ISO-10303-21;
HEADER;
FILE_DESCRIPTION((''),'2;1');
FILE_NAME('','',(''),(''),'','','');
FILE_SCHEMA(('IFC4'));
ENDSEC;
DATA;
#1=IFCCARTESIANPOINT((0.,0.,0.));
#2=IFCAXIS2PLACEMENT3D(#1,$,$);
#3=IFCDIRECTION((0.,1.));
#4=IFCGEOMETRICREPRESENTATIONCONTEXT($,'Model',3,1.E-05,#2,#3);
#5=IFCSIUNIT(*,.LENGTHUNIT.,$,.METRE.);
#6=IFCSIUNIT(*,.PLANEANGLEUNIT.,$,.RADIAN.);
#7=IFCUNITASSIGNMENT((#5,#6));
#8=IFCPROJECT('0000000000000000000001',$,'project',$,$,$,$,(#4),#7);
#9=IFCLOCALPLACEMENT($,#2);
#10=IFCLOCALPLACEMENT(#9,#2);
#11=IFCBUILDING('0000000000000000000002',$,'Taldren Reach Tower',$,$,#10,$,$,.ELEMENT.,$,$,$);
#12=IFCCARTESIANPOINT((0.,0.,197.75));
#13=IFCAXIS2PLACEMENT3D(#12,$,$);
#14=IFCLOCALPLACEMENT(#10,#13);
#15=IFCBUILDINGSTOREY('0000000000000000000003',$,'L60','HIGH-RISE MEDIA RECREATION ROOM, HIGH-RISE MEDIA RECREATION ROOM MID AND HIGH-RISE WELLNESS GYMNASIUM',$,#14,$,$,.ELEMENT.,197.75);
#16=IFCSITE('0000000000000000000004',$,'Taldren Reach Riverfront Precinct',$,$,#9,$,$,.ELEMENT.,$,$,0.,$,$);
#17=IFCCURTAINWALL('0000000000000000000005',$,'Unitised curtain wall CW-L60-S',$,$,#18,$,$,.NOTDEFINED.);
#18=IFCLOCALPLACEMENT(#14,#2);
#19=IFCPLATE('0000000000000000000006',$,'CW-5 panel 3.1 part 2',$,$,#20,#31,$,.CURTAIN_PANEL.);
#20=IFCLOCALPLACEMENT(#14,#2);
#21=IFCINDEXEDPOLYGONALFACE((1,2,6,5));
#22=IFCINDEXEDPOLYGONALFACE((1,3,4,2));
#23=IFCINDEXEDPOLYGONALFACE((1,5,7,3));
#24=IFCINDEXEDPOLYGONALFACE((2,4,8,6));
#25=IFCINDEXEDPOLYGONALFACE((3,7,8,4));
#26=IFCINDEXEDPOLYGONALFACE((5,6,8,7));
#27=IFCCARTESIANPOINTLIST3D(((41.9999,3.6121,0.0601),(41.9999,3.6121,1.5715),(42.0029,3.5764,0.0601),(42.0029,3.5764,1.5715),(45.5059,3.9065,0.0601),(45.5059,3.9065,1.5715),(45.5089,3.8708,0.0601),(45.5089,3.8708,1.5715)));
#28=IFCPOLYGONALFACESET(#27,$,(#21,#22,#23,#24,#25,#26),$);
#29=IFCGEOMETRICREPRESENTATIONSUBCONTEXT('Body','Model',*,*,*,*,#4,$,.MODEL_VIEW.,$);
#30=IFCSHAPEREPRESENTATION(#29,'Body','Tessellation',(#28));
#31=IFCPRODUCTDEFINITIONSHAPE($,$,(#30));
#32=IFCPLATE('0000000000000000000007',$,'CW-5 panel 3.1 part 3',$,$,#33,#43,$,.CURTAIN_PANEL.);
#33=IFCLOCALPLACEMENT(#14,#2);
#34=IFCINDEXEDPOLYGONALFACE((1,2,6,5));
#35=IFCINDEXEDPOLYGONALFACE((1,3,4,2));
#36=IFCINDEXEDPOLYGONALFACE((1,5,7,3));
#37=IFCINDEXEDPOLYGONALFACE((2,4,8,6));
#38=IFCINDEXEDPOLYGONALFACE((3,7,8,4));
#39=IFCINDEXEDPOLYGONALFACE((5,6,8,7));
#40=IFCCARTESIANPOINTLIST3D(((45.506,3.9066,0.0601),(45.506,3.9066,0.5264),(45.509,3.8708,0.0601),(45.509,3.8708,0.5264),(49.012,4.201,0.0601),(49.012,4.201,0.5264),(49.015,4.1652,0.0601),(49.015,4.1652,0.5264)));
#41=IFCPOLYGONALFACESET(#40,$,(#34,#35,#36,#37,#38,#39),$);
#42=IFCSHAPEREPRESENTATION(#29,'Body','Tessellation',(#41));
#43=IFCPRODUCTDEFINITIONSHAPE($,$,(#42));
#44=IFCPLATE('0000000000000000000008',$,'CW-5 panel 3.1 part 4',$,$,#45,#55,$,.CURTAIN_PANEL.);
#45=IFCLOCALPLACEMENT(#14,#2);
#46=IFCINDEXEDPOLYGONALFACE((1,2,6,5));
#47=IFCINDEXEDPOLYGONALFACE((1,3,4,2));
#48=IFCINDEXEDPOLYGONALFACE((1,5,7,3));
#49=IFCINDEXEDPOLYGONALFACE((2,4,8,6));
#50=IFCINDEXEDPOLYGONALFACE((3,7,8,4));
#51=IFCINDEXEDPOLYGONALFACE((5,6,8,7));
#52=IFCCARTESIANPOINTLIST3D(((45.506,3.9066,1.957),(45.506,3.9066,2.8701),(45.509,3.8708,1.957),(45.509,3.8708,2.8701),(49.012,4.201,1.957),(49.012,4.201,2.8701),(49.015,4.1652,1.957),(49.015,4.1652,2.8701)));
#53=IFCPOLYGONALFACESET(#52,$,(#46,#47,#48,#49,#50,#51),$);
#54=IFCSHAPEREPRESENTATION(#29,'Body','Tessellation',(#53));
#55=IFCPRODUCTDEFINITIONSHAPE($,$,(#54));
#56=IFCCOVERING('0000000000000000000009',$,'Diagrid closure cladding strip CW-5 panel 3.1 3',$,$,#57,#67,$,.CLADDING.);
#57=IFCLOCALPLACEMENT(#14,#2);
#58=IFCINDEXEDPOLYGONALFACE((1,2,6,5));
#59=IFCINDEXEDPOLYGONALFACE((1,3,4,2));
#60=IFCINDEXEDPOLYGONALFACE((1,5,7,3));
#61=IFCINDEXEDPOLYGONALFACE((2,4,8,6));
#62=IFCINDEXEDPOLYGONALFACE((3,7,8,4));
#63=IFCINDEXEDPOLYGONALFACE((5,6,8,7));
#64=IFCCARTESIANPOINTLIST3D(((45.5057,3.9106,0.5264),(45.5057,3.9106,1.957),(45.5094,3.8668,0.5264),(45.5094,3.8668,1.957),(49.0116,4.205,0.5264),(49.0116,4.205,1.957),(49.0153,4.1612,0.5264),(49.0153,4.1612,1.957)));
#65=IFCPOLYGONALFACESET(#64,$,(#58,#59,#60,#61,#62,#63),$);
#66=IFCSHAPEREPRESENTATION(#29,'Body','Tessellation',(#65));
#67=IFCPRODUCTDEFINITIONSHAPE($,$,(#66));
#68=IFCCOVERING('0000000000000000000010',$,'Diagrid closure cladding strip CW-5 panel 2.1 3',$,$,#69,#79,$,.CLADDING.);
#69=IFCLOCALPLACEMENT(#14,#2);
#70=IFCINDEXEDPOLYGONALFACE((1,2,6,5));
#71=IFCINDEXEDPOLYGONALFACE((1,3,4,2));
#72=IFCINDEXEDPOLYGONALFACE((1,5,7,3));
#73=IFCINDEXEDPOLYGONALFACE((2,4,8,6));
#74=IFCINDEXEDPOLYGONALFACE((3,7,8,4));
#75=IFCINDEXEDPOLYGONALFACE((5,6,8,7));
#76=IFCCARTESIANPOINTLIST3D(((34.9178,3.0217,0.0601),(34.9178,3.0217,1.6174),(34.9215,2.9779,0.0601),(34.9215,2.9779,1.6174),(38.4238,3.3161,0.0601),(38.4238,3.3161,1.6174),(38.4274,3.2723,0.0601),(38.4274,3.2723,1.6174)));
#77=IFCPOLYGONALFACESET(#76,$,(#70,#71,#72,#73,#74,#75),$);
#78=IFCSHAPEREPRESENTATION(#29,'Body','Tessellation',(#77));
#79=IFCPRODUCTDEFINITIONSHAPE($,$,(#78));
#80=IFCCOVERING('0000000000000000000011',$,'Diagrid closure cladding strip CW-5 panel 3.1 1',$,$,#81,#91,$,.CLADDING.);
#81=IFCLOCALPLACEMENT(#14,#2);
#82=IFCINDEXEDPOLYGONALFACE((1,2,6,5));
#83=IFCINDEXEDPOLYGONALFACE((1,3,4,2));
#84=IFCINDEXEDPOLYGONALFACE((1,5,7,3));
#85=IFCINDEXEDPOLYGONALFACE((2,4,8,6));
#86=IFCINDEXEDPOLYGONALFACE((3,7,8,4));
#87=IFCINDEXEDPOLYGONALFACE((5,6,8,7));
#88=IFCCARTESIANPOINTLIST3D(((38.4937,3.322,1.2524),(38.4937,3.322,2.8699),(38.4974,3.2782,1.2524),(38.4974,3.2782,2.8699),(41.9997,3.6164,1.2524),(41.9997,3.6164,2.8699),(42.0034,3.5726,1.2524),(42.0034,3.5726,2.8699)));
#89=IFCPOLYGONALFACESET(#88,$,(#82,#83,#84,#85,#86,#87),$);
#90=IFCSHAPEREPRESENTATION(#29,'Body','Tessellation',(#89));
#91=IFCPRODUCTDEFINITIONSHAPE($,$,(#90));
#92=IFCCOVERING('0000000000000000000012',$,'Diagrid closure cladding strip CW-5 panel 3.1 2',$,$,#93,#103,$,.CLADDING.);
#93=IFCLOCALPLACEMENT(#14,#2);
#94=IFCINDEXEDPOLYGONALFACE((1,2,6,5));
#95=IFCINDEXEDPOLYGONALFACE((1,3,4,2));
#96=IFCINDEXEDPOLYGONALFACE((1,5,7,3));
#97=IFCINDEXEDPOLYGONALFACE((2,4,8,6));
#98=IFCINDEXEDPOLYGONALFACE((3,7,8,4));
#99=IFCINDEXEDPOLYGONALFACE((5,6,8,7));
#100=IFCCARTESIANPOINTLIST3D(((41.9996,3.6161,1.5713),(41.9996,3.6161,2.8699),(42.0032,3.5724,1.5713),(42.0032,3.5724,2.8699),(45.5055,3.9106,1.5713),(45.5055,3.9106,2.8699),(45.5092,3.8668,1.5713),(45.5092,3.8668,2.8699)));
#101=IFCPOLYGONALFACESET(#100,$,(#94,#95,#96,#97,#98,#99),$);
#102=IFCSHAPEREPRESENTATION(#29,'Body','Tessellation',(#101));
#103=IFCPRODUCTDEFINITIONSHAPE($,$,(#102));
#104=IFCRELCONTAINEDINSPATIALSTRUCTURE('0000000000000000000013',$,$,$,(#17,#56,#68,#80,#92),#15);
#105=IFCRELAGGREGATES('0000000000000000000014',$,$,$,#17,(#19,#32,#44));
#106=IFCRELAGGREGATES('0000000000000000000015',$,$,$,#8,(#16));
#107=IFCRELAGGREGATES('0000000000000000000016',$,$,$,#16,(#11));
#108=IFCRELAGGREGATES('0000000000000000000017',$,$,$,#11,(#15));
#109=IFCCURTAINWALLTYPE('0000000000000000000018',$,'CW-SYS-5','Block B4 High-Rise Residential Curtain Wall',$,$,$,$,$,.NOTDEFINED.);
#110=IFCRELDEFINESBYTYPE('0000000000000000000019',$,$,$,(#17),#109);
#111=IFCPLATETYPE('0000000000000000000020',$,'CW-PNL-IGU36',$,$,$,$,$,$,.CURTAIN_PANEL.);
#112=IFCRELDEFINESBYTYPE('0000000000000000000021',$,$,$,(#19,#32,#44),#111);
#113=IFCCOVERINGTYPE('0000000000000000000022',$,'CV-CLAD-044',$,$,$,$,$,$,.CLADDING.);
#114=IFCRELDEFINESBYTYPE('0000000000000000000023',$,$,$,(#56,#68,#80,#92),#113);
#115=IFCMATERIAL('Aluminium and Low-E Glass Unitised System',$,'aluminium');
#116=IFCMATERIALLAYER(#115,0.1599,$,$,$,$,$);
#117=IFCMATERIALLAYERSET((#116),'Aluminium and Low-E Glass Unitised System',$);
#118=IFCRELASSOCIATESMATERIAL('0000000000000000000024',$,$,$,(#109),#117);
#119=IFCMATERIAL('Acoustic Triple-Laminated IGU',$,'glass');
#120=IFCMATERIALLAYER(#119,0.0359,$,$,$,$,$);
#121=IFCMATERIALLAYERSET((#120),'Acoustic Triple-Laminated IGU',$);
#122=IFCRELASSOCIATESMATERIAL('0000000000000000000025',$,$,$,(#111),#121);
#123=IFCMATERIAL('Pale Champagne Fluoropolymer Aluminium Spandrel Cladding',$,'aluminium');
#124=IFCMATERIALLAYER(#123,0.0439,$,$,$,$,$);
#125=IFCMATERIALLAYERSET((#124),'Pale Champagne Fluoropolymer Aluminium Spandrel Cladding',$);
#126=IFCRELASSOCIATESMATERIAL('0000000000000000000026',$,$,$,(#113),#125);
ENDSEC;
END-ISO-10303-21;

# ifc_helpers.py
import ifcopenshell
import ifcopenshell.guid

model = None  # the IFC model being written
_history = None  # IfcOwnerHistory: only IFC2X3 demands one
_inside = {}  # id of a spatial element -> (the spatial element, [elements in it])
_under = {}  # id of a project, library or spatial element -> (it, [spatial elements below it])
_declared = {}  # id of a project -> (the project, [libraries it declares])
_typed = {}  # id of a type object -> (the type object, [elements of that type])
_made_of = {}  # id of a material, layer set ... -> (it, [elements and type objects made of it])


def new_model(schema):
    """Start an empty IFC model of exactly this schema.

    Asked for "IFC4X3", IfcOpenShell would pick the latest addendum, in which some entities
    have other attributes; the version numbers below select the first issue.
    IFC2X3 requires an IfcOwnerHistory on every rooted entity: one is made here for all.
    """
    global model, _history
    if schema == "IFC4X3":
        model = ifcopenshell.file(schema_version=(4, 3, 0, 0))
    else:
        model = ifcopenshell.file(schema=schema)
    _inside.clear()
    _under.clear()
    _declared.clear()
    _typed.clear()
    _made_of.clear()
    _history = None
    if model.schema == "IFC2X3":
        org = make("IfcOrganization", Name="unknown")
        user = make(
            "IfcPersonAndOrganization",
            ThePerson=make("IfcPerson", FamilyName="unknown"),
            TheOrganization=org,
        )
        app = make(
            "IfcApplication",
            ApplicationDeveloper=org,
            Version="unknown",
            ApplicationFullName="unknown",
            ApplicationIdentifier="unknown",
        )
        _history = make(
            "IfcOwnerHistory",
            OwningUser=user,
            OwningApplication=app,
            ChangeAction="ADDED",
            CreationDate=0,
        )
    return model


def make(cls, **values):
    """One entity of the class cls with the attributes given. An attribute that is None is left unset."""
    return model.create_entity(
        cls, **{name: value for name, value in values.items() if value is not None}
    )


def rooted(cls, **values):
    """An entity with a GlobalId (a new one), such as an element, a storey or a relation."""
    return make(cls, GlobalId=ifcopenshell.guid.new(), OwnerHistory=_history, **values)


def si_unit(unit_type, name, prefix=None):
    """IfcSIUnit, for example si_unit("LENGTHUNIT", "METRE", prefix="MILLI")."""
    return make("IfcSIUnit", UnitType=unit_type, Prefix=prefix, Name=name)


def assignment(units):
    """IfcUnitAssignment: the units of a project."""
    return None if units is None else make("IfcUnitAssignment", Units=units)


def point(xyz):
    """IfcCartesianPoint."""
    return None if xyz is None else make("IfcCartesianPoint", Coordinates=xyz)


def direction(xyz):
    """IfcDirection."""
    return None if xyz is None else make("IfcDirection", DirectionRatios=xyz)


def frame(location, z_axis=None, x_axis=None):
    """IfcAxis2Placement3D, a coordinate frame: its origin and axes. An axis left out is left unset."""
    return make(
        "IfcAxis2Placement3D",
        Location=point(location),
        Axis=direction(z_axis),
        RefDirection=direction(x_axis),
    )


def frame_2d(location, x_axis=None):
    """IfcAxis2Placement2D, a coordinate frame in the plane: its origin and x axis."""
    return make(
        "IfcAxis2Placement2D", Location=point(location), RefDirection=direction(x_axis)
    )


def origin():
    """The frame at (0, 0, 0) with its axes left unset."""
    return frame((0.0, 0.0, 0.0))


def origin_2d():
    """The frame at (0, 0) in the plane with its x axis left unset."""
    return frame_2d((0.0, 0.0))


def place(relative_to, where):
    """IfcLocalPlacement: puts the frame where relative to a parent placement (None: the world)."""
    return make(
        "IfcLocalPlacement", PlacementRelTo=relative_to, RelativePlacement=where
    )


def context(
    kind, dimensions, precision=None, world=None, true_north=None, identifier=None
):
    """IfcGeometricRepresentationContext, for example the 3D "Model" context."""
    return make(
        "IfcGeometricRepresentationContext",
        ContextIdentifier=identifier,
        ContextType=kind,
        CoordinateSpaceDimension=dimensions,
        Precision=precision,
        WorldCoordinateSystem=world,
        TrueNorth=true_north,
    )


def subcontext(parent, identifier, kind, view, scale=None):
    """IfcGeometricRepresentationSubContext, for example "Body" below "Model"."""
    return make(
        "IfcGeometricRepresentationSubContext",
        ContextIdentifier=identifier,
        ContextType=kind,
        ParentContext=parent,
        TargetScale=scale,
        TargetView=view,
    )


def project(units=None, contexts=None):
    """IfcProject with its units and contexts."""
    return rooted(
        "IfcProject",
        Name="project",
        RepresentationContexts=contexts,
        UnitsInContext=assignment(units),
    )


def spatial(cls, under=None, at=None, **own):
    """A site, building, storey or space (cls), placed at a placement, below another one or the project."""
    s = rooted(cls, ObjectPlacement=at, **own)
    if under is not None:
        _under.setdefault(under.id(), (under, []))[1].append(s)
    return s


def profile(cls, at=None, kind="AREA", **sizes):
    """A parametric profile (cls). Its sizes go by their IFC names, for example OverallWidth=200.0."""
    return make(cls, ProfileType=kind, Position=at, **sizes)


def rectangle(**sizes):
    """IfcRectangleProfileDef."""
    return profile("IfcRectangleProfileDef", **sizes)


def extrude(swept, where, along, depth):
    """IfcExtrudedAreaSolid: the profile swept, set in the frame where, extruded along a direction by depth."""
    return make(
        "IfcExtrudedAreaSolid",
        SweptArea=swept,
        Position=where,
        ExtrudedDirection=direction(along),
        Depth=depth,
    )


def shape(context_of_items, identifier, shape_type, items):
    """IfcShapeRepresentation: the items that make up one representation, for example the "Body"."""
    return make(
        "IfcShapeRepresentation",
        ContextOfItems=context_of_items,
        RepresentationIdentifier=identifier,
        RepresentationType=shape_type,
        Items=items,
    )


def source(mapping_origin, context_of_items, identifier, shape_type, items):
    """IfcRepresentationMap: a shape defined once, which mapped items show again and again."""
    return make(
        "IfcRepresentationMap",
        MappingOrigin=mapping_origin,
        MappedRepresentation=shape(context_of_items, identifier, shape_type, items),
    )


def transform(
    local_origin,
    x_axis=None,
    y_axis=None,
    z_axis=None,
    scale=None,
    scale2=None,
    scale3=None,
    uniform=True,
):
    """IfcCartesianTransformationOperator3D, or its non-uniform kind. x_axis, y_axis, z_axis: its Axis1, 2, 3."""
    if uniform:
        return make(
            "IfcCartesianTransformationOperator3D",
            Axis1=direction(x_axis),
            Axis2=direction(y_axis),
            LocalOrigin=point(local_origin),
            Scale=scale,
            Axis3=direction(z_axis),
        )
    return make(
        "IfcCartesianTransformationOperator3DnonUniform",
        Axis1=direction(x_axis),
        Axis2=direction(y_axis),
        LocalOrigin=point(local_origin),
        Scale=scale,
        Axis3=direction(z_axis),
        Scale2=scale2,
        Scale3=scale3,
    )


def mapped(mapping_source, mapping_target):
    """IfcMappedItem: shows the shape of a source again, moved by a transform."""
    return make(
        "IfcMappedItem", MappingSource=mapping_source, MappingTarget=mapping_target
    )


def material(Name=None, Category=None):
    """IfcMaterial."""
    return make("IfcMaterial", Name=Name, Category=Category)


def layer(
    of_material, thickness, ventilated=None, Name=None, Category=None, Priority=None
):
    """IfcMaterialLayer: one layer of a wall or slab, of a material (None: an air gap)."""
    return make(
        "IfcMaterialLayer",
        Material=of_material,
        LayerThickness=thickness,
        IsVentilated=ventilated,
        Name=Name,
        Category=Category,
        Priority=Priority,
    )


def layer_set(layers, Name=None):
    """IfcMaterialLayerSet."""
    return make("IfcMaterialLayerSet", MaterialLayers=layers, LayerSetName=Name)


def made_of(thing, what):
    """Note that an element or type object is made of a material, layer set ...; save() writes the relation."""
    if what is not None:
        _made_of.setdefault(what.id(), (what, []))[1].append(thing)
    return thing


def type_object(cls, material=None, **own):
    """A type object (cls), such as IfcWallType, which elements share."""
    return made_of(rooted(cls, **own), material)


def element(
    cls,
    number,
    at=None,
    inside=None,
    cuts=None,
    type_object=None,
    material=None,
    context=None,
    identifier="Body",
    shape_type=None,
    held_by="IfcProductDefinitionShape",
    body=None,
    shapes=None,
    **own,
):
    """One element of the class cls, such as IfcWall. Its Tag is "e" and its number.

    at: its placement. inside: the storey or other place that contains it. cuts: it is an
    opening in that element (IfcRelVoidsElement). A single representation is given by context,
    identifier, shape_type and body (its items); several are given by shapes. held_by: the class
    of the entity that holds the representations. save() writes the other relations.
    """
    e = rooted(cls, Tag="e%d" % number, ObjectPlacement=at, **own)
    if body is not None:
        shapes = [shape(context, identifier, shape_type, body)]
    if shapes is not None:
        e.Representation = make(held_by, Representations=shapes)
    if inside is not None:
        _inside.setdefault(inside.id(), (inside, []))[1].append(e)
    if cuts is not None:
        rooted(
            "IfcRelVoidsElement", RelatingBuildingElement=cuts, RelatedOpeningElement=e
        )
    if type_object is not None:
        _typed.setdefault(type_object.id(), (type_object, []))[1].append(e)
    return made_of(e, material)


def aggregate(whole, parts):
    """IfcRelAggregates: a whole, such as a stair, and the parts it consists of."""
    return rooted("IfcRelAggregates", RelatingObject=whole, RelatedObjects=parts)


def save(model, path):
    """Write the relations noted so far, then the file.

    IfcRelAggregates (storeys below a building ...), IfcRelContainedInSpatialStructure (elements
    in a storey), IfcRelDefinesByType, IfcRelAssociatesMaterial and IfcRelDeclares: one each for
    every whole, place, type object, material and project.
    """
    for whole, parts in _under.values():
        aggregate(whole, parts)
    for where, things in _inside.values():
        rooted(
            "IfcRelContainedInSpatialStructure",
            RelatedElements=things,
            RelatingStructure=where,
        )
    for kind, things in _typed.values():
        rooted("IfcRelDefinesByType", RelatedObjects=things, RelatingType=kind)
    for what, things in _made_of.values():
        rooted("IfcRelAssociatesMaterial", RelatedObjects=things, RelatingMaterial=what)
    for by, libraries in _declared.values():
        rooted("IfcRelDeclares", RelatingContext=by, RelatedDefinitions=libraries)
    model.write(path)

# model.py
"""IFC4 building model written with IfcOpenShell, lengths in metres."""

from ifc_helpers import new_model, si_unit, direction, frame, origin, origin_2d, place, context, subcontext, project, spatial, rectangle, extrude, source, transform, mapped, material, layer, layer_set, type_object, element, aggregate, save


model = new_model("IFC4")

# Units and contexts
model_context = context("Model", 3, precision=1e-05, world=origin(), true_north=direction((0.0, 1.0)))
body_context = subcontext(model_context, "Body", "Model", "MODEL_VIEW")
ifc_project = project(units=[si_unit("LENGTHUNIT", "METRE"), si_unit("PLANEANGLEUNIT", "RADIAN")], contexts=[model_context])

# Site, building, storey
site_placement = place(None, origin())
site = spatial("IfcSite", under=ifc_project, at=site_placement, Name="Taldren Reach Riverfront Precinct", CompositionType="ELEMENT", RefElevation=0.0)
building_placement = place(site_placement, origin())
building = spatial("IfcBuilding", under=site, at=building_placement, Name="Taldren Reach Tower", CompositionType="ELEMENT")
storey_placement = place(building_placement, frame((0.0, 0.0, 197.75)))
storey = spatial("IfcBuildingStorey", under=building, at=storey_placement, Name="L60", Description="HIGH-RISE MEDIA RECREATION ROOM, HIGH-RISE MEDIA RECREATION ROOM MID AND HIGH-RISE WELLNESS GYMNASIUM", CompositionType="ELEMENT", Elevation=197.75)

# Curtain wall
ifc_material_1 = material(Name="Aluminium and Low-E Glass Unitised System", Category="aluminium")
ifc_layer_1 = layer(ifc_material_1, 0.1599)
ifc_layer_set_1 = layer_set([ifc_layer_1], Name="Aluminium and Low-E Glass Unitised System")
curtain_wall_type = type_object("IfcCurtainWallType", Name="CW-SYS-5", Description="Block B4 High-Rise Residential Curtain Wall", PredefinedType="NOTDEFINED", material=ifc_layer_set_1)
curtain_wall_placement = place(storey_placement, origin())
curtain_wall = element("IfcCurtainWall", 1, at=curtain_wall_placement, inside=storey, type_object=curtain_wall_type, Name="Unitised curtain wall CW-L60-S", PredefinedType="NOTDEFINED")

# Plates
ifc_material_2 = material(Name="Acoustic Triple-Laminated IGU", Category="glass")
ifc_layer_2 = layer(ifc_material_2, 0.0359)
ifc_layer_set_2 = layer_set([ifc_layer_2], Name="Acoustic Triple-Laminated IGU")
plate_type_1 = type_object("IfcPlateType", Name="CW-PNL-IGU36", PredefinedType="CURTAIN_PANEL", material=ifc_layer_set_2)
shared_shape_1 = source(origin(), body_context, "Body", "SweptSolid", [
    extrude(rectangle(XDim=3.5183, YDim=0.0359, at=origin_2d()), origin(), (0.0, 0.0, 1.0), 1.5115),
])
plate_1_placement = place(storey_placement, frame((43.7544, 3.7415, 0.0601), z_axis=(0.0, 0.0, 1.0), x_axis=(0.996493, 0.083678, 0.0)))
plate_1 = element("IfcPlate", 2, at=plate_1_placement, type_object=plate_type_1, Name="CW-5 panel 3.1 part 2", PredefinedType="CURTAIN_PANEL", context=body_context, shape_type="MappedRepresentation", body=[
    mapped(shared_shape_1, transform((0.0, 0.0, 0.0), scale=1.0)),
])
shared_shape_2 = source(origin(), body_context, "Body", "SweptSolid", [
    extrude(rectangle(XDim=3.5183, YDim=0.0359, at=origin_2d()), origin(), (0.0, 0.0, 1.0), 0.4663),
])
plate_2_placement = place(storey_placement, frame((47.2605, 4.0359, 0.0601), z_axis=(0.0, 0.0, 1.0), x_axis=(0.996493, 0.083678, 0.0)))
plate_2 = element("IfcPlate", 3, at=plate_2_placement, type_object=plate_type_1, Name="CW-5 panel 3.1 part 3", PredefinedType="CURTAIN_PANEL", context=body_context, shape_type="MappedRepresentation", body=[
    mapped(shared_shape_2, transform((0.0, 0.0, 0.0), scale=1.0)),
])
shared_shape_3 = source(origin(), body_context, "Body", "SweptSolid", [
    extrude(rectangle(XDim=3.5183, YDim=0.0359, at=origin_2d()), origin(), (0.0, 0.0, 1.0), 0.9131),
])
plate_3_placement = place(storey_placement, frame((47.2605, 4.0359, 1.957), z_axis=(0.0, 0.0, 1.0), x_axis=(0.996493, 0.083678, 0.0)))
plate_3 = element("IfcPlate", 4, at=plate_3_placement, type_object=plate_type_1, Name="CW-5 panel 3.1 part 4", PredefinedType="CURTAIN_PANEL", context=body_context, shape_type="MappedRepresentation", body=[
    mapped(shared_shape_3, transform((0.0, 0.0, 0.0), scale=1.0)),
])
aggregate(curtain_wall, [plate_1, plate_2, plate_3])

# Coverings
ifc_material_3 = material(Name="Pale Champagne Fluoropolymer Aluminium Spandrel Cladding", Category="aluminium")
ifc_layer_3 = layer(ifc_material_3, 0.0439)
ifc_layer_set_3 = layer_set([ifc_layer_3], Name="Pale Champagne Fluoropolymer Aluminium Spandrel Cladding")
covering_type = type_object("IfcCoveringType", Name="CV-CLAD-044", PredefinedType="CLADDING", material=ifc_layer_set_3)
shared_shape_4 = source(origin(), body_context, "Body", "SweptSolid", [
    extrude(rectangle(XDim=3.5183, YDim=0.0439, at=origin_2d()), origin(), (0.0, 0.0, 1.0), 1.4307),
])
covering_1_placement = place(storey_placement, frame((47.2605, 4.0359, 0.5264), z_axis=(0.0, 0.0, 1.0), x_axis=(0.996493, 0.083678, 0.0)))
element("IfcCovering", 5, at=covering_1_placement, inside=storey, type_object=covering_type, Name="Diagrid closure cladding strip CW-5 panel 3.1 3", PredefinedType="CLADDING", context=body_context, shape_type="MappedRepresentation", body=[
    mapped(shared_shape_4, transform((0.0, 0.0, 0.0), scale=1.0)),
])
shared_shape_5 = source(origin(), body_context, "Body", "SweptSolid", [
    extrude(rectangle(XDim=3.5183, YDim=0.0439, at=origin_2d()), origin(), (0.0, 0.0, 1.0), 1.5574),
])
covering_2_placement = place(storey_placement, frame((36.6726, 3.147, 0.0601), z_axis=(0.0, 0.0, 1.0), x_axis=(0.996493, 0.083678, 0.0)))
element("IfcCovering", 6, at=covering_2_placement, inside=storey, type_object=covering_type, Name="Diagrid closure cladding strip CW-5 panel 2.1 3", PredefinedType="CLADDING", context=body_context, shape_type="MappedRepresentation", body=[
    mapped(shared_shape_5, transform((0.0, 0.0, 0.0), scale=1.0)),
])
shared_shape_6 = source(origin(), body_context, "Body", "SweptSolid", [
    extrude(rectangle(XDim=3.5183, YDim=0.0439, at=origin_2d()), origin(), (0.0, 0.0, 1.0), 1.6174),
])
covering_3_placement = place(storey_placement, frame((40.2485, 3.4473, 1.2524), z_axis=(0.0, 0.0, 1.0), x_axis=(0.996493, 0.083678, 0.0)))
element("IfcCovering", 7, at=covering_3_placement, inside=storey, type_object=covering_type, Name="Diagrid closure cladding strip CW-5 panel 3.1 1", PredefinedType="CLADDING", context=body_context, shape_type="MappedRepresentation", body=[
    mapped(shared_shape_6, transform((0.0, 0.0, 0.0), scale=1.0)),
])
shared_shape_7 = source(origin(), body_context, "Body", "SweptSolid", [
    extrude(rectangle(XDim=3.5183, YDim=0.0439, at=origin_2d()), origin(), (0.0, 0.0, 1.0), 1.2986),
])
covering_4_placement = place(storey_placement, frame((43.7544, 3.7415, 1.5713), z_axis=(0.0, 0.0, 1.0), x_axis=(0.996493, 0.083678, 0.0)))
element("IfcCovering", 8, at=covering_4_placement, inside=storey, type_object=covering_type, Name="Diagrid closure cladding strip CW-5 panel 3.1 2", PredefinedType="CLADDING", context=body_context, shape_type="MappedRepresentation", body=[
    mapped(shared_shape_7, transform((0.0, 0.0, 0.0), scale=1.0)),
])

save(model, "model.ifc")
